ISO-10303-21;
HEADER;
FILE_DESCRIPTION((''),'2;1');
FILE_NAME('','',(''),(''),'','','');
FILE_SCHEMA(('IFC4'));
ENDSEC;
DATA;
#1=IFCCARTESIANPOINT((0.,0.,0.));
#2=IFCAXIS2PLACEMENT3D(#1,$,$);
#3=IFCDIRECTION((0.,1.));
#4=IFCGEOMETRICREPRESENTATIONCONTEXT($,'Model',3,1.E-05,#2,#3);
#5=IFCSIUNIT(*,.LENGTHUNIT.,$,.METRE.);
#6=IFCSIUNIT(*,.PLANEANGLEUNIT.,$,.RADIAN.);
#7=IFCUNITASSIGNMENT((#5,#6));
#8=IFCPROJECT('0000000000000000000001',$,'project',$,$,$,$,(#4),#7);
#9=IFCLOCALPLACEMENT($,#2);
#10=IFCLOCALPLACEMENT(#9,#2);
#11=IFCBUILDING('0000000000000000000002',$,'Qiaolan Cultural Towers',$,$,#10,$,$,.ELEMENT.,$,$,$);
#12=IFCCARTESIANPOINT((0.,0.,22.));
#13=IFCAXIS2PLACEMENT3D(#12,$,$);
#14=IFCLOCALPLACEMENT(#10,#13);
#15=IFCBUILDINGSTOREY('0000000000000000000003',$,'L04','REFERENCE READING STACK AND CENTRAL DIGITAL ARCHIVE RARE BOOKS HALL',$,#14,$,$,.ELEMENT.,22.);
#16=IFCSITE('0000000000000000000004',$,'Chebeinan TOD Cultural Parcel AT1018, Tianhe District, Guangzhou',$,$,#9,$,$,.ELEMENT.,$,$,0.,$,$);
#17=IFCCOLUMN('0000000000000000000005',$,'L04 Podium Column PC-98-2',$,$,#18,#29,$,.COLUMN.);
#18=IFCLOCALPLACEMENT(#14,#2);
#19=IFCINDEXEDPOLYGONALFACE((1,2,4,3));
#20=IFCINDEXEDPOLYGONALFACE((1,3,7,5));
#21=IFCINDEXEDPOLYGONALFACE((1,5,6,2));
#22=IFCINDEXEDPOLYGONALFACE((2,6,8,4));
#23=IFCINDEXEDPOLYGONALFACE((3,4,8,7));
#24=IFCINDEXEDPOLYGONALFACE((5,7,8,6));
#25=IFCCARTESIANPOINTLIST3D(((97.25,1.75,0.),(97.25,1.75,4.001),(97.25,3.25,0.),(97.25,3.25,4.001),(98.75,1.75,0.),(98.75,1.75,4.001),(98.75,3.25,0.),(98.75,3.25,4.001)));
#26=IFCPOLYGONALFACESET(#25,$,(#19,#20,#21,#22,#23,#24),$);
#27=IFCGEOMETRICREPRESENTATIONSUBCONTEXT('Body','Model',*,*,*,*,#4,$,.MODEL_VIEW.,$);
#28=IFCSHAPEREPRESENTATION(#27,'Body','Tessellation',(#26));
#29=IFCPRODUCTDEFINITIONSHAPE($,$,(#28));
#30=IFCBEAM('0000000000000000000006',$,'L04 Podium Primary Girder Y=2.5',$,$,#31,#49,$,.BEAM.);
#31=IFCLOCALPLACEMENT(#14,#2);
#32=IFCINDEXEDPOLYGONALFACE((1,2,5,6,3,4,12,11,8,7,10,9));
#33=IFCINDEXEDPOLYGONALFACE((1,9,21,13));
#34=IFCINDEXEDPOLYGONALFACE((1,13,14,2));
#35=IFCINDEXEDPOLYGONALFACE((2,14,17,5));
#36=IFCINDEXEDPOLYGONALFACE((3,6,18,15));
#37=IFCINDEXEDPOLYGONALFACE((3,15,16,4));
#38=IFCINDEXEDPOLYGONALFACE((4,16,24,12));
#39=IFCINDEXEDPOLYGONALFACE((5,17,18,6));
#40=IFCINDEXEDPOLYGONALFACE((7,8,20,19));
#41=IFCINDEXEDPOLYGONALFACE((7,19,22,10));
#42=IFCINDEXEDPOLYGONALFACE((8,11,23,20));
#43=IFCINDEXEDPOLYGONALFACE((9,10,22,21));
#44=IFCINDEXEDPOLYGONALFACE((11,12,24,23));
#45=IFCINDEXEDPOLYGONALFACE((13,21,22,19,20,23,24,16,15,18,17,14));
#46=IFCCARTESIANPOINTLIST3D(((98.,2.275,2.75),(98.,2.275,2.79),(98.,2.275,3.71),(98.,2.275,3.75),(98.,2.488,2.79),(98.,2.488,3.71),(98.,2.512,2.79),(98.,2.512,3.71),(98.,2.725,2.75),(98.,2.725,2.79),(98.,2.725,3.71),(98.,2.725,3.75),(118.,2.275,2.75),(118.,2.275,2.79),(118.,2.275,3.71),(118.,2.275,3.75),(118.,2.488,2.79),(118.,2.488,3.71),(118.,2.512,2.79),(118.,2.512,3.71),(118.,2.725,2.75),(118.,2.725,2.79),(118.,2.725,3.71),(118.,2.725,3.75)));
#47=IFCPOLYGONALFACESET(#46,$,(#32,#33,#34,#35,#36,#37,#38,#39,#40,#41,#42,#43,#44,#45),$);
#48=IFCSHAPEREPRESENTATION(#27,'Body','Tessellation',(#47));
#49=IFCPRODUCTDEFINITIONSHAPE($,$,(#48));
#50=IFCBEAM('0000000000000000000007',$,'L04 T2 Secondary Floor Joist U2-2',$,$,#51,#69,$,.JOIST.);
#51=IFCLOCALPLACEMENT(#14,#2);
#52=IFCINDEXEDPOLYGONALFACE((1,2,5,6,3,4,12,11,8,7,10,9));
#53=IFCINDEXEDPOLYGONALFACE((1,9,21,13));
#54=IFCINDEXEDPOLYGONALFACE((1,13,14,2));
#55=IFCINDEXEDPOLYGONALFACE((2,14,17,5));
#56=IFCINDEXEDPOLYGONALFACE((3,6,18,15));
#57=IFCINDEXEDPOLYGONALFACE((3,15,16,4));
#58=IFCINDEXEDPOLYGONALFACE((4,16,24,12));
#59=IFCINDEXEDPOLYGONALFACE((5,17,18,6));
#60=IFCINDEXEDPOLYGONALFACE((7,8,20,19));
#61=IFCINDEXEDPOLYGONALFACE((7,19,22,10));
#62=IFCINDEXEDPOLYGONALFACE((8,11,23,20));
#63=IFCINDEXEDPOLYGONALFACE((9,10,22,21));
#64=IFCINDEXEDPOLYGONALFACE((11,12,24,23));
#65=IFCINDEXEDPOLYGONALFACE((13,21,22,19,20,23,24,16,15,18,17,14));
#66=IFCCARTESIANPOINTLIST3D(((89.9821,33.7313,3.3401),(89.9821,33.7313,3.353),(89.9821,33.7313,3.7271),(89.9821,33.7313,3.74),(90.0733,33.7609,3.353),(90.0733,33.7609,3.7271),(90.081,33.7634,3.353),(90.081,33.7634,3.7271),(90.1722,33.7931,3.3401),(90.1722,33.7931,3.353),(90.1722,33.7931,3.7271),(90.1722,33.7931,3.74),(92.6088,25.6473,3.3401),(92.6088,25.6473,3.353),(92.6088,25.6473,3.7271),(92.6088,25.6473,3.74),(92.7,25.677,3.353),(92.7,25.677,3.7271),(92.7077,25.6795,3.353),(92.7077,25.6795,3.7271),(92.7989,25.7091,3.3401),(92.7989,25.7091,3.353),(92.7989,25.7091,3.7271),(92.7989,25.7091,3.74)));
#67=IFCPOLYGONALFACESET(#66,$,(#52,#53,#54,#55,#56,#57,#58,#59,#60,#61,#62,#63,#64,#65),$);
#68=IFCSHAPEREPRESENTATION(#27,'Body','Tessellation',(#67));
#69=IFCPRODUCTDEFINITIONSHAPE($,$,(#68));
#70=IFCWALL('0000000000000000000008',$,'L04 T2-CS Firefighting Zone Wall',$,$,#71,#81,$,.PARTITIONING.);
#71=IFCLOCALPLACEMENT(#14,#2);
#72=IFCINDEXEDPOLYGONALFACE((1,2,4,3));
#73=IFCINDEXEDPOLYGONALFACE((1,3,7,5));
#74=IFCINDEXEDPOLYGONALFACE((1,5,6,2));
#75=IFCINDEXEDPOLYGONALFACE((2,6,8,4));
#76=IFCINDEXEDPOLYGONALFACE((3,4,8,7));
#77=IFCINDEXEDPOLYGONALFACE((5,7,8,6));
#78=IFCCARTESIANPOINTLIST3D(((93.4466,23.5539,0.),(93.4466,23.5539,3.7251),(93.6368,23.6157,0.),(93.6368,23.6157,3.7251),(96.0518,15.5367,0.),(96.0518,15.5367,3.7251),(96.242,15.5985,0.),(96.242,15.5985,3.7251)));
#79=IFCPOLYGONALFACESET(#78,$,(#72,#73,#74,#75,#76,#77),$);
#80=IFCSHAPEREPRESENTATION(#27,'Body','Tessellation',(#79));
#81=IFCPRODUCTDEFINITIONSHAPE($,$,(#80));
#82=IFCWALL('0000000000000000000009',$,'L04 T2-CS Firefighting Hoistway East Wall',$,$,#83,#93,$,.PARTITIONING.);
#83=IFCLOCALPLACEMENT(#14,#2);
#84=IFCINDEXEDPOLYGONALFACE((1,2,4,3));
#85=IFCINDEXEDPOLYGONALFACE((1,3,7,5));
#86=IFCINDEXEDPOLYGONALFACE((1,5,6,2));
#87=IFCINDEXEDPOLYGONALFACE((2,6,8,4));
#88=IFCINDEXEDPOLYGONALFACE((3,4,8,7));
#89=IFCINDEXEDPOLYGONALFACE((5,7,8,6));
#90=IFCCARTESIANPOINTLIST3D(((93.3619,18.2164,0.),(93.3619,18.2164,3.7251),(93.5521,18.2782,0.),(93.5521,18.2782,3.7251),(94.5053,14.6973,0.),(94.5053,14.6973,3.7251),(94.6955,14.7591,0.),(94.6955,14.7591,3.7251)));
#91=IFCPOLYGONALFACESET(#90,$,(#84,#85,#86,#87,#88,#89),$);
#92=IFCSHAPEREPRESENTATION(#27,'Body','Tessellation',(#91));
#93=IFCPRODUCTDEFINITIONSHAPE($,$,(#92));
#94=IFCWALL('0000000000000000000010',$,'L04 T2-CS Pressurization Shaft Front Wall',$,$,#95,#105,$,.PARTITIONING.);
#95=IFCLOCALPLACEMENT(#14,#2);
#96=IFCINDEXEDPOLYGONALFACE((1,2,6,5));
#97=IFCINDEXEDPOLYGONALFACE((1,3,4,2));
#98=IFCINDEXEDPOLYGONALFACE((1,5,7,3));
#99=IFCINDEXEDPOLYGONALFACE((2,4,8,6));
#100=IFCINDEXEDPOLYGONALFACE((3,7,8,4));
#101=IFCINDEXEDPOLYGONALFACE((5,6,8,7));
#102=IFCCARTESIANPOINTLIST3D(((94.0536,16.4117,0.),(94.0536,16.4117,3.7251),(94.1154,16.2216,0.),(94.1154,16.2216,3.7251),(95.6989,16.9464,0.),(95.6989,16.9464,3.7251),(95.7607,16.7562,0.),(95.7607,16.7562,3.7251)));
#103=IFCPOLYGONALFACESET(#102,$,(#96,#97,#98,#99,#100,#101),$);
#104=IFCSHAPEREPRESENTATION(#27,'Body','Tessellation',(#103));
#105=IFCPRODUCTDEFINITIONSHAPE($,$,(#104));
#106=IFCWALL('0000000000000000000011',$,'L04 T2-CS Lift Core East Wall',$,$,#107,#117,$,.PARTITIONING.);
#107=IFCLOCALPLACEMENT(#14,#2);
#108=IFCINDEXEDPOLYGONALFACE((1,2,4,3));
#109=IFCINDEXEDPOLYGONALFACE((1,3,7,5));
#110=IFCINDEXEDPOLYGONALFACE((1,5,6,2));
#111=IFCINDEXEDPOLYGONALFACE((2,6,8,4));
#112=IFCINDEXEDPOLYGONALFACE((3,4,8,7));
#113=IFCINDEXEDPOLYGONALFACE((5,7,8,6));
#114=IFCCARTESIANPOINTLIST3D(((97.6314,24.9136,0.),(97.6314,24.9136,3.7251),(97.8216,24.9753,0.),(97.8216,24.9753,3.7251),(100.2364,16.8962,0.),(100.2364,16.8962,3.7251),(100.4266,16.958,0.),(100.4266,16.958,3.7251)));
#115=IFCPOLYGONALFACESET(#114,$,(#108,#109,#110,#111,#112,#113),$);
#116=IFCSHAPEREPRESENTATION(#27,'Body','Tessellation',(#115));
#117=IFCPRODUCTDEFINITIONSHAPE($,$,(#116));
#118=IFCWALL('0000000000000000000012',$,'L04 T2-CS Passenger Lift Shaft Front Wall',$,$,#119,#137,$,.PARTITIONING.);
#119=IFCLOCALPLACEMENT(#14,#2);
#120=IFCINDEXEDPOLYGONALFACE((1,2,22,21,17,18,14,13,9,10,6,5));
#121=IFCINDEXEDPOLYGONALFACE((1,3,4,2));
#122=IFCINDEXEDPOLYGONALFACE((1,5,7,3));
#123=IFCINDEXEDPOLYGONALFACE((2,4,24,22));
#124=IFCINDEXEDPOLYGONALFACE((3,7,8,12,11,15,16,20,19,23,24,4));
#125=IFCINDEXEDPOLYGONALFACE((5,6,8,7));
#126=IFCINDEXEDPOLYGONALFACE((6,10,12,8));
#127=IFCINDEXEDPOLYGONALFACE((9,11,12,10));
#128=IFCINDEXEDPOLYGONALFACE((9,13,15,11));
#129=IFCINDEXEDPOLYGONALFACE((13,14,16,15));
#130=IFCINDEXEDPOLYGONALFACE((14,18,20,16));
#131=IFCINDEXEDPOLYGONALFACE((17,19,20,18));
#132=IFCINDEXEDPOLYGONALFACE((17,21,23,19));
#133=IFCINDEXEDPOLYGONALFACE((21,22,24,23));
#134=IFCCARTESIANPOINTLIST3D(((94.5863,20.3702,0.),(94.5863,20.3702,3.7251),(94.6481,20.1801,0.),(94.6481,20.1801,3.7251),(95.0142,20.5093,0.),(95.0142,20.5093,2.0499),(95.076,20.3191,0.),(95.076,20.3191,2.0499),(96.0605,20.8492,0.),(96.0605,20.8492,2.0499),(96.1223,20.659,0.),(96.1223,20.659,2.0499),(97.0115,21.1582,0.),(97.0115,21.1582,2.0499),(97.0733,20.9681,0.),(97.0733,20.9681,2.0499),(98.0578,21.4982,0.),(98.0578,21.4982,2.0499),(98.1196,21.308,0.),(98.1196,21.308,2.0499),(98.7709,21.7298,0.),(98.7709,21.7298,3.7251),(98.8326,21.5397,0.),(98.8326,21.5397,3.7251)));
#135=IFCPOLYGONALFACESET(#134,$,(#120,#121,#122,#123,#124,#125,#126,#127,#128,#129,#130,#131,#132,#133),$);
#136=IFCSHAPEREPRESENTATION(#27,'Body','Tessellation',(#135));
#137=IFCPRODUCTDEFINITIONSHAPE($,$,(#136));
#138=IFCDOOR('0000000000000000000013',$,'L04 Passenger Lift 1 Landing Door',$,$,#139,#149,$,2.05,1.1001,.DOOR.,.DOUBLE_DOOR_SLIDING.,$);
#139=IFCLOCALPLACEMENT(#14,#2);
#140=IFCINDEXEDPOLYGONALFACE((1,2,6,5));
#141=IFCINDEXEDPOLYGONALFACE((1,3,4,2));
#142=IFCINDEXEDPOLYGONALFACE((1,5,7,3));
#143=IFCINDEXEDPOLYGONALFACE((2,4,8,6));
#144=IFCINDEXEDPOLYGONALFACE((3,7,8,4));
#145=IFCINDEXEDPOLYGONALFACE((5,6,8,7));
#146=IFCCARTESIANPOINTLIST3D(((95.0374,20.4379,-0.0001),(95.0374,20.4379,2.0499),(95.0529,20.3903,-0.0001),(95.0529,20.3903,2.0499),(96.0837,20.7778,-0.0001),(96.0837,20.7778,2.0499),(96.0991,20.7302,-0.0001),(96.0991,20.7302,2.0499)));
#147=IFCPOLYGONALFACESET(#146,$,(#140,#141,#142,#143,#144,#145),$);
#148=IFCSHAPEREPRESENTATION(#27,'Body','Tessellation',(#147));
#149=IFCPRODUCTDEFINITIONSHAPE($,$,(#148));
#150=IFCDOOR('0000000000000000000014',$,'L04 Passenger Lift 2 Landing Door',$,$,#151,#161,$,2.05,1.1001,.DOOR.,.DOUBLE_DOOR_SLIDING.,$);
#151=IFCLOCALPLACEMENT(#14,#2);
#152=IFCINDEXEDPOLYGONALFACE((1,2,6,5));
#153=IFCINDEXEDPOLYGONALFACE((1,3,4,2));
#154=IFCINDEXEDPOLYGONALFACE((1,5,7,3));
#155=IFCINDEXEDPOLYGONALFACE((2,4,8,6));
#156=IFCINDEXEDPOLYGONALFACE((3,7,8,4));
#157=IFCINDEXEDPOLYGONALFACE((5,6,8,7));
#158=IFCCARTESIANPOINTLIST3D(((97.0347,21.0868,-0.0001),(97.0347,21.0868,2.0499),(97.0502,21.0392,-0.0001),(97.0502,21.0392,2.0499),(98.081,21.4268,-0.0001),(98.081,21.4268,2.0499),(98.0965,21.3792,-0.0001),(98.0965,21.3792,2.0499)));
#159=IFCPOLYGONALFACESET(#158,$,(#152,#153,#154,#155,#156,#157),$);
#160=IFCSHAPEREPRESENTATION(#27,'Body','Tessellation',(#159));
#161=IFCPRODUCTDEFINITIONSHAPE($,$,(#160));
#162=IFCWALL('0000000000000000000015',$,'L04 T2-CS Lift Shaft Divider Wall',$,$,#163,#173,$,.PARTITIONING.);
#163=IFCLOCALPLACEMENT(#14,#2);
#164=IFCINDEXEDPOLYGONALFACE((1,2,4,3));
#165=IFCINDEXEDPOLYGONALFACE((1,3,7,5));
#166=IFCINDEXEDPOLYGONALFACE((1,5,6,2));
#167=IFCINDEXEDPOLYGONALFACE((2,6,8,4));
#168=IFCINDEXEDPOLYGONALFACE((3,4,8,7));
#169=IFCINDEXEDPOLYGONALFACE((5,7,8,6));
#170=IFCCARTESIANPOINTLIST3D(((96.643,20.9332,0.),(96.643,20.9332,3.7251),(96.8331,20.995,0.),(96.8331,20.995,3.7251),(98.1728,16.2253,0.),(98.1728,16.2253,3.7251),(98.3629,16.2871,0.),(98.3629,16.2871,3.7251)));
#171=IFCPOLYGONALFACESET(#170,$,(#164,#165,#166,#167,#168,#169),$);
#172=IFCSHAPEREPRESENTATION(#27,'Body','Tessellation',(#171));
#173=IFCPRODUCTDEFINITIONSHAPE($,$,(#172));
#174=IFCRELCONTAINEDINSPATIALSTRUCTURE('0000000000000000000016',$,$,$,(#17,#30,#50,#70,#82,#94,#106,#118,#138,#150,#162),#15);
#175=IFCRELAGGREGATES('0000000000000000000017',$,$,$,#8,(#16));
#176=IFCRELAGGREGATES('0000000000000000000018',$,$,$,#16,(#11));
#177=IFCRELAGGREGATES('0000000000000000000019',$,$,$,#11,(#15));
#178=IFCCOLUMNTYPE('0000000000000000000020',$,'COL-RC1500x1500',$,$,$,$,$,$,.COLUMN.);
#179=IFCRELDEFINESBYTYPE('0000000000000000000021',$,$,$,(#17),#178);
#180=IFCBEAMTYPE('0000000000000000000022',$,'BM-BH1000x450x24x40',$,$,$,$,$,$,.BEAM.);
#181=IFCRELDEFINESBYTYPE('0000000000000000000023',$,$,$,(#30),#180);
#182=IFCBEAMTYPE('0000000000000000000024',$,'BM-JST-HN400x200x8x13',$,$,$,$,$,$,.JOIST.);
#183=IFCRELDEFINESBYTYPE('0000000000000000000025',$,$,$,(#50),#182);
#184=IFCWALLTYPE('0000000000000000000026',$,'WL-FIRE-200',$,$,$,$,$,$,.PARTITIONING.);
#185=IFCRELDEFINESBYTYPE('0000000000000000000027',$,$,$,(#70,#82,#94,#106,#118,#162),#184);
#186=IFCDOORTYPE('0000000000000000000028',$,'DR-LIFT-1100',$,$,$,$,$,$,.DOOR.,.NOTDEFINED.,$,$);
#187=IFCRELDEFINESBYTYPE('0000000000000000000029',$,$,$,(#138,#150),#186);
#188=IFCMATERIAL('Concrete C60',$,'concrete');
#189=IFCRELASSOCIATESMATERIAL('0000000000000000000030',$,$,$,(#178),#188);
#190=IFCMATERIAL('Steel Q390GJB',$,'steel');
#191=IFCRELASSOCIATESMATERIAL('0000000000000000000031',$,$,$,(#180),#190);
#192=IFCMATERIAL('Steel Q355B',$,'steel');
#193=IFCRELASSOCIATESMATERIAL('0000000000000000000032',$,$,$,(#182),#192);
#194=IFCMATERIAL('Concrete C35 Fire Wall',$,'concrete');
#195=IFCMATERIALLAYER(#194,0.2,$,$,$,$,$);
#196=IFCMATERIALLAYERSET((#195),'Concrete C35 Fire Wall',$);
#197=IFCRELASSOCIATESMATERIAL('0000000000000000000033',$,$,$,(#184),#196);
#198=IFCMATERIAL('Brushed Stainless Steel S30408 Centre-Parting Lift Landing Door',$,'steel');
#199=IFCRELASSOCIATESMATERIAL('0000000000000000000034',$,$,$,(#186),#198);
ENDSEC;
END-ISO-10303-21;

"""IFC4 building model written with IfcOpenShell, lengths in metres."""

from ifc_helpers import new_model, si_unit, direction, frame, frame_2d, origin, origin_2d, place, context, subcontext, project, spatial, rectangle, i_section, extrude, material, layer, layer_set, material_profile, profile_set, type_object, element, fill, save


model = new_model("IFC4")

# Units and contexts
model_context = context("Model", 3, precision=1e-05, world=origin(), true_north=direction((0.0, 1.0)))
body_context = subcontext(model_context, "Body", "Model", "MODEL_VIEW")
ifc_project = project(units=[si_unit("LENGTHUNIT", "METRE"), si_unit("PLANEANGLEUNIT", "RADIAN")], contexts=[model_context])

# Site, building, storey
site_placement = place(None, origin())
site = spatial("IfcSite", under=ifc_project, at=site_placement, Name="Chebeinan TOD Cultural Parcel AT1018, Tianhe District, Guangzhou", CompositionType="ELEMENT", RefElevation=0.0)
building_placement = place(site_placement, origin())
building = spatial("IfcBuilding", under=site, at=building_placement, Name="Qiaolan Cultural Towers", CompositionType="ELEMENT")
storey_placement = place(building_placement, frame((0.0, 0.0, 22.0)))
storey = spatial("IfcBuildingStorey", under=building, at=storey_placement, Name="L04", Description="REFERENCE READING STACK AND CENTRAL DIGITAL ARCHIVE RARE BOOKS HALL", CompositionType="ELEMENT", Elevation=22.0)

# Column
ifc_material_1 = material(Name="Concrete C60", Category="concrete")
ifc_material_profile_1 = material_profile(ifc_material_1, rectangle(XDim=1.5, YDim=1.5, at=origin_2d()), Name="RC1500x1500")
ifc_profile_set_1 = profile_set([ifc_material_profile_1], Name="Concrete C60")
column_type = type_object("IfcColumnType", Name="COL-RC1500x1500", PredefinedType="COLUMN", material=ifc_profile_set_1)
column_placement = place(storey_placement, frame((98.0, 2.5, 0.0), z_axis=(0.0, 0.0, 1.0), x_axis=(1.0, 0.0, 0.0)))
element("IfcColumn", 1, at=column_placement, inside=storey, type_object=column_type, Name="L04 Podium Column PC-98-2", PredefinedType="COLUMN", context=body_context, shape_type="SweptSolid", body=[
    extrude(rectangle(XDim=1.5, YDim=1.5, at=origin_2d()), origin(), (0.0, 0.0, 1.0), 4.001),
])

# Beams
ifc_material_2 = material(Name="Steel Q390GJB", Category="steel")
ifc_material_profile_2 = material_profile(ifc_material_2, i_section(OverallWidth=0.45, OverallDepth=1.0, WebThickness=0.0239, FlangeThickness=0.04, at=origin_2d()), Name="BH1000x450x24x40")
ifc_profile_set_2 = profile_set([ifc_material_profile_2], Name="Steel Q390GJB")
beam_type_1 = type_object("IfcBeamType", Name="BM-BH1000x450x24x40", PredefinedType="BEAM", material=ifc_profile_set_2)
beam_1_placement = place(storey_placement, frame((98.0, 2.5, 3.25), z_axis=(1.0, 0.0, 0.0), x_axis=(0.0, 1.0, 0.0)))
element("IfcBeam", 2, at=beam_1_placement, inside=storey, type_object=beam_type_1, Name="L04 Podium Primary Girder Y=2.5", PredefinedType="BEAM", context=body_context, shape_type="SweptSolid", body=[
    extrude(i_section(OverallWidth=0.45, OverallDepth=1.0, WebThickness=0.0239, FlangeThickness=0.04, at=origin_2d()), origin(), (0.0, 0.0, 1.0), 20.0),
])
ifc_material_3 = material(Name="Steel Q355B", Category="steel")
ifc_material_profile_3 = material_profile(ifc_material_3, i_section(OverallWidth=0.2, OverallDepth=0.3999, WebThickness=0.0081, FlangeThickness=0.0129, at=origin_2d()), Name="HN400x200x8x13")
ifc_profile_set_3 = profile_set([ifc_material_profile_3], Name="Steel Q355B")
beam_type_2 = type_object("IfcBeamType", Name="BM-JST-HN400x200x8x13", PredefinedType="JOIST", material=ifc_profile_set_3)
beam_2_placement = place(storey_placement, frame((92.7039, 25.6782, 3.54), z_axis=(-0.309024, 0.951054, 0.0), x_axis=(-0.951054, -0.309024, 0.0)))
element("IfcBeam", 3, at=beam_2_placement, inside=storey, type_object=beam_type_2, Name="L04 T2 Secondary Floor Joist U2-2", PredefinedType="JOIST", context=body_context, shape_type="SweptSolid", body=[
    extrude(i_section(OverallWidth=0.2, OverallDepth=0.3999, WebThickness=0.0081, FlangeThickness=0.0129, at=origin_2d()), origin(), (0.0, 0.0, 1.0), 8.5),
])

# Walls
ifc_material_4 = material(Name="Concrete C35 Fire Wall", Category="concrete")
ifc_layer_1 = layer(ifc_material_4, 0.2)
ifc_layer_set_1 = layer_set([ifc_layer_1], Name="Concrete C35 Fire Wall")
wall_type_1 = type_object("IfcWallType", Name="WL-FIRE-200", PredefinedType="PARTITIONING", material=ifc_layer_set_1)
wall_1_placement = place(storey_placement, frame((93.5417, 23.5847, 0.0), z_axis=(0.0, 0.0, 1.0), x_axis=(0.309042, -0.951048, 0.0)))
element("IfcWall", 4, at=wall_1_placement, inside=storey, type_object=wall_type_1, Name="L04 T2-CS Firefighting Zone Wall", PredefinedType="PARTITIONING", context=body_context, shape_type="SweptSolid", body=[
    extrude(rectangle(XDim=8.4299, YDim=0.2, at=frame_2d((4.2148, 0.0))), origin(), (0.0, 0.0, 1.0), 3.7251),
])
wall_2_placement = place(storey_placement, frame((93.457, 18.2473, 0.0), z_axis=(0.0, 0.0, 1.0), x_axis=(0.308994, -0.951064, 0.0)))
element("IfcWall", 5, at=wall_2_placement, inside=storey, type_object=wall_type_1, Name="L04 T2-CS Firefighting Hoistway East Wall", PredefinedType="PARTITIONING", context=body_context, shape_type="SweptSolid", body=[
    extrude(rectangle(XDim=3.7002, YDim=0.2, at=frame_2d((1.8501, 0.0))), origin(), (0.0, 0.0, 1.0), 3.7251),
])
wall_3_placement = place(storey_placement, frame((94.0845, 16.3167, 0.0), z_axis=(0.0, 0.0, 1.0), x_axis=(0.951041, 0.309064, 0.0)))
element("IfcWall", 6, at=wall_3_placement, inside=storey, type_object=wall_type_1, Name="L04 T2-CS Pressurization Shaft Front Wall", PredefinedType="PARTITIONING", context=body_context, shape_type="SweptSolid", body=[
    extrude(rectangle(XDim=1.73, YDim=0.2, at=frame_2d((0.865, 0.0))), origin(), (0.0, 0.0, 1.0), 3.7251),
])
wall_4_placement = place(storey_placement, frame((97.7266, 24.9443, 0.0), z_axis=(0.0, 0.0, 1.0), x_axis=(0.309016, -0.951057, 0.0)))
element("IfcWall", 7, at=wall_4_placement, inside=storey, type_object=wall_type_1, Name="L04 T2-CS Lift Core East Wall", PredefinedType="PARTITIONING", context=body_context, shape_type="SweptSolid", body=[
    extrude(rectangle(XDim=8.4299, YDim=0.2, at=frame_2d((4.2148, 0.0))), origin(), (0.0, 0.0, 1.0), 3.7251),
])

# Wall, openings, doors
wall_5_placement = place(storey_placement, frame((94.6172, 20.2751, 0.0), z_axis=(0.0, 0.0, 1.0), x_axis=(0.951059, 0.309011, 0.0)))
wall_5 = element("IfcWall", 8, at=wall_5_placement, inside=storey, type_object=wall_type_1, Name="L04 T2-CS Passenger Lift Shaft Front Wall", PredefinedType="PARTITIONING", context=body_context, shape_type="SweptSolid", body=[
    extrude(rectangle(XDim=4.3999, YDim=0.2, at=frame_2d((2.2, 0.0))), origin(), (0.0, 0.0, 1.0), 3.7251),
])
opening_1_placement = place(wall_5_placement, frame((0.45, 0.0, 0.0)))
opening_1 = element("IfcOpeningElement", 9, at=opening_1_placement, cuts=wall_5, PredefinedType="OPENING", context=body_context, shape_type="SweptSolid", body=[
    extrude(rectangle(XDim=1.1001, YDim=2.05, at=frame_2d((0.55, 1.0249))), frame((0.0, 0.1099, 0.0), z_axis=(0.0, -1.0, 0.0), x_axis=(1.0, 0.0, 0.0)), (0.0, 0.0, 1.0), 0.22),
])
opening_2_placement = place(wall_5_placement, frame((2.55, 0.0, 0.0)))
opening_2 = element("IfcOpeningElement", 10, at=opening_2_placement, cuts=wall_5, PredefinedType="OPENING", context=body_context, shape_type="SweptSolid", body=[
    extrude(rectangle(XDim=1.1001, YDim=2.05, at=frame_2d((0.55, 1.0249))), frame((0.0, 0.1099, 0.0), z_axis=(0.0, -1.0, 0.0), x_axis=(1.0, 0.0, 0.0)), (0.0, 0.0, 1.0), 0.22),
])
ifc_material_5 = material(Name="Brushed Stainless Steel S30408 Centre-Parting Lift Landing Door", Category="steel")
door_type_1 = type_object("IfcDoorType", Name="DR-LIFT-1100", OperationType="NOTDEFINED", PredefinedType="DOOR", material=ifc_material_5)
door_1_placement = place(opening_1_placement, origin())
door_1 = element("IfcDoor", 11, at=door_1_placement, inside=storey, type_object=door_type_1, Name="L04 Passenger Lift 1 Landing Door", OperationType="DOUBLE_DOOR_SLIDING", OverallHeight=2.05, OverallWidth=1.1001, PredefinedType="DOOR", context=body_context, shape_type="SweptSolid", body=[
    extrude(rectangle(XDim=1.1001, YDim=2.05, at=frame_2d((0.55, 1.0249))), frame((0.0, 0.0249, 0.0), z_axis=(0.0, -1.0, 0.0), x_axis=(1.0, 0.0, 0.0)), (0.0, 0.0, 1.0), 0.05),
])
fill(opening_1, door_1)
door_2_placement = place(opening_2_placement, origin())
door_2 = element("IfcDoor", 12, at=door_2_placement, inside=storey, type_object=door_type_1, Name="L04 Passenger Lift 2 Landing Door", OperationType="DOUBLE_DOOR_SLIDING", OverallHeight=2.05, OverallWidth=1.1001, PredefinedType="DOOR", context=body_context, shape_type="SweptSolid", body=[
    extrude(rectangle(XDim=1.1001, YDim=2.05, at=frame_2d((0.55, 1.0249))), frame((0.0, 0.0249, 0.0), z_axis=(0.0, -1.0, 0.0), x_axis=(1.0, 0.0, 0.0)), (0.0, 0.0, 1.0), 0.05),
])
fill(opening_2, door_2)

# Wall
wall_6_placement = place(storey_placement, frame((96.738, 20.9641, 0.0), z_axis=(0.0, 0.0, 1.0), x_axis=(0.309043, -0.951048, 0.0)))
element("IfcWall", 13, at=wall_6_placement, inside=storey, type_object=wall_type_1, Name="L04 T2-CS Lift Shaft Divider Wall", PredefinedType="PARTITIONING", context=body_context, shape_type="SweptSolid", body=[
    extrude(rectangle(XDim=4.9502, YDim=0.2, at=frame_2d((2.4751, 0.0))), origin(), (0.0, 0.0, 1.0), 3.7251),
])

save(model, "model.ifc")
